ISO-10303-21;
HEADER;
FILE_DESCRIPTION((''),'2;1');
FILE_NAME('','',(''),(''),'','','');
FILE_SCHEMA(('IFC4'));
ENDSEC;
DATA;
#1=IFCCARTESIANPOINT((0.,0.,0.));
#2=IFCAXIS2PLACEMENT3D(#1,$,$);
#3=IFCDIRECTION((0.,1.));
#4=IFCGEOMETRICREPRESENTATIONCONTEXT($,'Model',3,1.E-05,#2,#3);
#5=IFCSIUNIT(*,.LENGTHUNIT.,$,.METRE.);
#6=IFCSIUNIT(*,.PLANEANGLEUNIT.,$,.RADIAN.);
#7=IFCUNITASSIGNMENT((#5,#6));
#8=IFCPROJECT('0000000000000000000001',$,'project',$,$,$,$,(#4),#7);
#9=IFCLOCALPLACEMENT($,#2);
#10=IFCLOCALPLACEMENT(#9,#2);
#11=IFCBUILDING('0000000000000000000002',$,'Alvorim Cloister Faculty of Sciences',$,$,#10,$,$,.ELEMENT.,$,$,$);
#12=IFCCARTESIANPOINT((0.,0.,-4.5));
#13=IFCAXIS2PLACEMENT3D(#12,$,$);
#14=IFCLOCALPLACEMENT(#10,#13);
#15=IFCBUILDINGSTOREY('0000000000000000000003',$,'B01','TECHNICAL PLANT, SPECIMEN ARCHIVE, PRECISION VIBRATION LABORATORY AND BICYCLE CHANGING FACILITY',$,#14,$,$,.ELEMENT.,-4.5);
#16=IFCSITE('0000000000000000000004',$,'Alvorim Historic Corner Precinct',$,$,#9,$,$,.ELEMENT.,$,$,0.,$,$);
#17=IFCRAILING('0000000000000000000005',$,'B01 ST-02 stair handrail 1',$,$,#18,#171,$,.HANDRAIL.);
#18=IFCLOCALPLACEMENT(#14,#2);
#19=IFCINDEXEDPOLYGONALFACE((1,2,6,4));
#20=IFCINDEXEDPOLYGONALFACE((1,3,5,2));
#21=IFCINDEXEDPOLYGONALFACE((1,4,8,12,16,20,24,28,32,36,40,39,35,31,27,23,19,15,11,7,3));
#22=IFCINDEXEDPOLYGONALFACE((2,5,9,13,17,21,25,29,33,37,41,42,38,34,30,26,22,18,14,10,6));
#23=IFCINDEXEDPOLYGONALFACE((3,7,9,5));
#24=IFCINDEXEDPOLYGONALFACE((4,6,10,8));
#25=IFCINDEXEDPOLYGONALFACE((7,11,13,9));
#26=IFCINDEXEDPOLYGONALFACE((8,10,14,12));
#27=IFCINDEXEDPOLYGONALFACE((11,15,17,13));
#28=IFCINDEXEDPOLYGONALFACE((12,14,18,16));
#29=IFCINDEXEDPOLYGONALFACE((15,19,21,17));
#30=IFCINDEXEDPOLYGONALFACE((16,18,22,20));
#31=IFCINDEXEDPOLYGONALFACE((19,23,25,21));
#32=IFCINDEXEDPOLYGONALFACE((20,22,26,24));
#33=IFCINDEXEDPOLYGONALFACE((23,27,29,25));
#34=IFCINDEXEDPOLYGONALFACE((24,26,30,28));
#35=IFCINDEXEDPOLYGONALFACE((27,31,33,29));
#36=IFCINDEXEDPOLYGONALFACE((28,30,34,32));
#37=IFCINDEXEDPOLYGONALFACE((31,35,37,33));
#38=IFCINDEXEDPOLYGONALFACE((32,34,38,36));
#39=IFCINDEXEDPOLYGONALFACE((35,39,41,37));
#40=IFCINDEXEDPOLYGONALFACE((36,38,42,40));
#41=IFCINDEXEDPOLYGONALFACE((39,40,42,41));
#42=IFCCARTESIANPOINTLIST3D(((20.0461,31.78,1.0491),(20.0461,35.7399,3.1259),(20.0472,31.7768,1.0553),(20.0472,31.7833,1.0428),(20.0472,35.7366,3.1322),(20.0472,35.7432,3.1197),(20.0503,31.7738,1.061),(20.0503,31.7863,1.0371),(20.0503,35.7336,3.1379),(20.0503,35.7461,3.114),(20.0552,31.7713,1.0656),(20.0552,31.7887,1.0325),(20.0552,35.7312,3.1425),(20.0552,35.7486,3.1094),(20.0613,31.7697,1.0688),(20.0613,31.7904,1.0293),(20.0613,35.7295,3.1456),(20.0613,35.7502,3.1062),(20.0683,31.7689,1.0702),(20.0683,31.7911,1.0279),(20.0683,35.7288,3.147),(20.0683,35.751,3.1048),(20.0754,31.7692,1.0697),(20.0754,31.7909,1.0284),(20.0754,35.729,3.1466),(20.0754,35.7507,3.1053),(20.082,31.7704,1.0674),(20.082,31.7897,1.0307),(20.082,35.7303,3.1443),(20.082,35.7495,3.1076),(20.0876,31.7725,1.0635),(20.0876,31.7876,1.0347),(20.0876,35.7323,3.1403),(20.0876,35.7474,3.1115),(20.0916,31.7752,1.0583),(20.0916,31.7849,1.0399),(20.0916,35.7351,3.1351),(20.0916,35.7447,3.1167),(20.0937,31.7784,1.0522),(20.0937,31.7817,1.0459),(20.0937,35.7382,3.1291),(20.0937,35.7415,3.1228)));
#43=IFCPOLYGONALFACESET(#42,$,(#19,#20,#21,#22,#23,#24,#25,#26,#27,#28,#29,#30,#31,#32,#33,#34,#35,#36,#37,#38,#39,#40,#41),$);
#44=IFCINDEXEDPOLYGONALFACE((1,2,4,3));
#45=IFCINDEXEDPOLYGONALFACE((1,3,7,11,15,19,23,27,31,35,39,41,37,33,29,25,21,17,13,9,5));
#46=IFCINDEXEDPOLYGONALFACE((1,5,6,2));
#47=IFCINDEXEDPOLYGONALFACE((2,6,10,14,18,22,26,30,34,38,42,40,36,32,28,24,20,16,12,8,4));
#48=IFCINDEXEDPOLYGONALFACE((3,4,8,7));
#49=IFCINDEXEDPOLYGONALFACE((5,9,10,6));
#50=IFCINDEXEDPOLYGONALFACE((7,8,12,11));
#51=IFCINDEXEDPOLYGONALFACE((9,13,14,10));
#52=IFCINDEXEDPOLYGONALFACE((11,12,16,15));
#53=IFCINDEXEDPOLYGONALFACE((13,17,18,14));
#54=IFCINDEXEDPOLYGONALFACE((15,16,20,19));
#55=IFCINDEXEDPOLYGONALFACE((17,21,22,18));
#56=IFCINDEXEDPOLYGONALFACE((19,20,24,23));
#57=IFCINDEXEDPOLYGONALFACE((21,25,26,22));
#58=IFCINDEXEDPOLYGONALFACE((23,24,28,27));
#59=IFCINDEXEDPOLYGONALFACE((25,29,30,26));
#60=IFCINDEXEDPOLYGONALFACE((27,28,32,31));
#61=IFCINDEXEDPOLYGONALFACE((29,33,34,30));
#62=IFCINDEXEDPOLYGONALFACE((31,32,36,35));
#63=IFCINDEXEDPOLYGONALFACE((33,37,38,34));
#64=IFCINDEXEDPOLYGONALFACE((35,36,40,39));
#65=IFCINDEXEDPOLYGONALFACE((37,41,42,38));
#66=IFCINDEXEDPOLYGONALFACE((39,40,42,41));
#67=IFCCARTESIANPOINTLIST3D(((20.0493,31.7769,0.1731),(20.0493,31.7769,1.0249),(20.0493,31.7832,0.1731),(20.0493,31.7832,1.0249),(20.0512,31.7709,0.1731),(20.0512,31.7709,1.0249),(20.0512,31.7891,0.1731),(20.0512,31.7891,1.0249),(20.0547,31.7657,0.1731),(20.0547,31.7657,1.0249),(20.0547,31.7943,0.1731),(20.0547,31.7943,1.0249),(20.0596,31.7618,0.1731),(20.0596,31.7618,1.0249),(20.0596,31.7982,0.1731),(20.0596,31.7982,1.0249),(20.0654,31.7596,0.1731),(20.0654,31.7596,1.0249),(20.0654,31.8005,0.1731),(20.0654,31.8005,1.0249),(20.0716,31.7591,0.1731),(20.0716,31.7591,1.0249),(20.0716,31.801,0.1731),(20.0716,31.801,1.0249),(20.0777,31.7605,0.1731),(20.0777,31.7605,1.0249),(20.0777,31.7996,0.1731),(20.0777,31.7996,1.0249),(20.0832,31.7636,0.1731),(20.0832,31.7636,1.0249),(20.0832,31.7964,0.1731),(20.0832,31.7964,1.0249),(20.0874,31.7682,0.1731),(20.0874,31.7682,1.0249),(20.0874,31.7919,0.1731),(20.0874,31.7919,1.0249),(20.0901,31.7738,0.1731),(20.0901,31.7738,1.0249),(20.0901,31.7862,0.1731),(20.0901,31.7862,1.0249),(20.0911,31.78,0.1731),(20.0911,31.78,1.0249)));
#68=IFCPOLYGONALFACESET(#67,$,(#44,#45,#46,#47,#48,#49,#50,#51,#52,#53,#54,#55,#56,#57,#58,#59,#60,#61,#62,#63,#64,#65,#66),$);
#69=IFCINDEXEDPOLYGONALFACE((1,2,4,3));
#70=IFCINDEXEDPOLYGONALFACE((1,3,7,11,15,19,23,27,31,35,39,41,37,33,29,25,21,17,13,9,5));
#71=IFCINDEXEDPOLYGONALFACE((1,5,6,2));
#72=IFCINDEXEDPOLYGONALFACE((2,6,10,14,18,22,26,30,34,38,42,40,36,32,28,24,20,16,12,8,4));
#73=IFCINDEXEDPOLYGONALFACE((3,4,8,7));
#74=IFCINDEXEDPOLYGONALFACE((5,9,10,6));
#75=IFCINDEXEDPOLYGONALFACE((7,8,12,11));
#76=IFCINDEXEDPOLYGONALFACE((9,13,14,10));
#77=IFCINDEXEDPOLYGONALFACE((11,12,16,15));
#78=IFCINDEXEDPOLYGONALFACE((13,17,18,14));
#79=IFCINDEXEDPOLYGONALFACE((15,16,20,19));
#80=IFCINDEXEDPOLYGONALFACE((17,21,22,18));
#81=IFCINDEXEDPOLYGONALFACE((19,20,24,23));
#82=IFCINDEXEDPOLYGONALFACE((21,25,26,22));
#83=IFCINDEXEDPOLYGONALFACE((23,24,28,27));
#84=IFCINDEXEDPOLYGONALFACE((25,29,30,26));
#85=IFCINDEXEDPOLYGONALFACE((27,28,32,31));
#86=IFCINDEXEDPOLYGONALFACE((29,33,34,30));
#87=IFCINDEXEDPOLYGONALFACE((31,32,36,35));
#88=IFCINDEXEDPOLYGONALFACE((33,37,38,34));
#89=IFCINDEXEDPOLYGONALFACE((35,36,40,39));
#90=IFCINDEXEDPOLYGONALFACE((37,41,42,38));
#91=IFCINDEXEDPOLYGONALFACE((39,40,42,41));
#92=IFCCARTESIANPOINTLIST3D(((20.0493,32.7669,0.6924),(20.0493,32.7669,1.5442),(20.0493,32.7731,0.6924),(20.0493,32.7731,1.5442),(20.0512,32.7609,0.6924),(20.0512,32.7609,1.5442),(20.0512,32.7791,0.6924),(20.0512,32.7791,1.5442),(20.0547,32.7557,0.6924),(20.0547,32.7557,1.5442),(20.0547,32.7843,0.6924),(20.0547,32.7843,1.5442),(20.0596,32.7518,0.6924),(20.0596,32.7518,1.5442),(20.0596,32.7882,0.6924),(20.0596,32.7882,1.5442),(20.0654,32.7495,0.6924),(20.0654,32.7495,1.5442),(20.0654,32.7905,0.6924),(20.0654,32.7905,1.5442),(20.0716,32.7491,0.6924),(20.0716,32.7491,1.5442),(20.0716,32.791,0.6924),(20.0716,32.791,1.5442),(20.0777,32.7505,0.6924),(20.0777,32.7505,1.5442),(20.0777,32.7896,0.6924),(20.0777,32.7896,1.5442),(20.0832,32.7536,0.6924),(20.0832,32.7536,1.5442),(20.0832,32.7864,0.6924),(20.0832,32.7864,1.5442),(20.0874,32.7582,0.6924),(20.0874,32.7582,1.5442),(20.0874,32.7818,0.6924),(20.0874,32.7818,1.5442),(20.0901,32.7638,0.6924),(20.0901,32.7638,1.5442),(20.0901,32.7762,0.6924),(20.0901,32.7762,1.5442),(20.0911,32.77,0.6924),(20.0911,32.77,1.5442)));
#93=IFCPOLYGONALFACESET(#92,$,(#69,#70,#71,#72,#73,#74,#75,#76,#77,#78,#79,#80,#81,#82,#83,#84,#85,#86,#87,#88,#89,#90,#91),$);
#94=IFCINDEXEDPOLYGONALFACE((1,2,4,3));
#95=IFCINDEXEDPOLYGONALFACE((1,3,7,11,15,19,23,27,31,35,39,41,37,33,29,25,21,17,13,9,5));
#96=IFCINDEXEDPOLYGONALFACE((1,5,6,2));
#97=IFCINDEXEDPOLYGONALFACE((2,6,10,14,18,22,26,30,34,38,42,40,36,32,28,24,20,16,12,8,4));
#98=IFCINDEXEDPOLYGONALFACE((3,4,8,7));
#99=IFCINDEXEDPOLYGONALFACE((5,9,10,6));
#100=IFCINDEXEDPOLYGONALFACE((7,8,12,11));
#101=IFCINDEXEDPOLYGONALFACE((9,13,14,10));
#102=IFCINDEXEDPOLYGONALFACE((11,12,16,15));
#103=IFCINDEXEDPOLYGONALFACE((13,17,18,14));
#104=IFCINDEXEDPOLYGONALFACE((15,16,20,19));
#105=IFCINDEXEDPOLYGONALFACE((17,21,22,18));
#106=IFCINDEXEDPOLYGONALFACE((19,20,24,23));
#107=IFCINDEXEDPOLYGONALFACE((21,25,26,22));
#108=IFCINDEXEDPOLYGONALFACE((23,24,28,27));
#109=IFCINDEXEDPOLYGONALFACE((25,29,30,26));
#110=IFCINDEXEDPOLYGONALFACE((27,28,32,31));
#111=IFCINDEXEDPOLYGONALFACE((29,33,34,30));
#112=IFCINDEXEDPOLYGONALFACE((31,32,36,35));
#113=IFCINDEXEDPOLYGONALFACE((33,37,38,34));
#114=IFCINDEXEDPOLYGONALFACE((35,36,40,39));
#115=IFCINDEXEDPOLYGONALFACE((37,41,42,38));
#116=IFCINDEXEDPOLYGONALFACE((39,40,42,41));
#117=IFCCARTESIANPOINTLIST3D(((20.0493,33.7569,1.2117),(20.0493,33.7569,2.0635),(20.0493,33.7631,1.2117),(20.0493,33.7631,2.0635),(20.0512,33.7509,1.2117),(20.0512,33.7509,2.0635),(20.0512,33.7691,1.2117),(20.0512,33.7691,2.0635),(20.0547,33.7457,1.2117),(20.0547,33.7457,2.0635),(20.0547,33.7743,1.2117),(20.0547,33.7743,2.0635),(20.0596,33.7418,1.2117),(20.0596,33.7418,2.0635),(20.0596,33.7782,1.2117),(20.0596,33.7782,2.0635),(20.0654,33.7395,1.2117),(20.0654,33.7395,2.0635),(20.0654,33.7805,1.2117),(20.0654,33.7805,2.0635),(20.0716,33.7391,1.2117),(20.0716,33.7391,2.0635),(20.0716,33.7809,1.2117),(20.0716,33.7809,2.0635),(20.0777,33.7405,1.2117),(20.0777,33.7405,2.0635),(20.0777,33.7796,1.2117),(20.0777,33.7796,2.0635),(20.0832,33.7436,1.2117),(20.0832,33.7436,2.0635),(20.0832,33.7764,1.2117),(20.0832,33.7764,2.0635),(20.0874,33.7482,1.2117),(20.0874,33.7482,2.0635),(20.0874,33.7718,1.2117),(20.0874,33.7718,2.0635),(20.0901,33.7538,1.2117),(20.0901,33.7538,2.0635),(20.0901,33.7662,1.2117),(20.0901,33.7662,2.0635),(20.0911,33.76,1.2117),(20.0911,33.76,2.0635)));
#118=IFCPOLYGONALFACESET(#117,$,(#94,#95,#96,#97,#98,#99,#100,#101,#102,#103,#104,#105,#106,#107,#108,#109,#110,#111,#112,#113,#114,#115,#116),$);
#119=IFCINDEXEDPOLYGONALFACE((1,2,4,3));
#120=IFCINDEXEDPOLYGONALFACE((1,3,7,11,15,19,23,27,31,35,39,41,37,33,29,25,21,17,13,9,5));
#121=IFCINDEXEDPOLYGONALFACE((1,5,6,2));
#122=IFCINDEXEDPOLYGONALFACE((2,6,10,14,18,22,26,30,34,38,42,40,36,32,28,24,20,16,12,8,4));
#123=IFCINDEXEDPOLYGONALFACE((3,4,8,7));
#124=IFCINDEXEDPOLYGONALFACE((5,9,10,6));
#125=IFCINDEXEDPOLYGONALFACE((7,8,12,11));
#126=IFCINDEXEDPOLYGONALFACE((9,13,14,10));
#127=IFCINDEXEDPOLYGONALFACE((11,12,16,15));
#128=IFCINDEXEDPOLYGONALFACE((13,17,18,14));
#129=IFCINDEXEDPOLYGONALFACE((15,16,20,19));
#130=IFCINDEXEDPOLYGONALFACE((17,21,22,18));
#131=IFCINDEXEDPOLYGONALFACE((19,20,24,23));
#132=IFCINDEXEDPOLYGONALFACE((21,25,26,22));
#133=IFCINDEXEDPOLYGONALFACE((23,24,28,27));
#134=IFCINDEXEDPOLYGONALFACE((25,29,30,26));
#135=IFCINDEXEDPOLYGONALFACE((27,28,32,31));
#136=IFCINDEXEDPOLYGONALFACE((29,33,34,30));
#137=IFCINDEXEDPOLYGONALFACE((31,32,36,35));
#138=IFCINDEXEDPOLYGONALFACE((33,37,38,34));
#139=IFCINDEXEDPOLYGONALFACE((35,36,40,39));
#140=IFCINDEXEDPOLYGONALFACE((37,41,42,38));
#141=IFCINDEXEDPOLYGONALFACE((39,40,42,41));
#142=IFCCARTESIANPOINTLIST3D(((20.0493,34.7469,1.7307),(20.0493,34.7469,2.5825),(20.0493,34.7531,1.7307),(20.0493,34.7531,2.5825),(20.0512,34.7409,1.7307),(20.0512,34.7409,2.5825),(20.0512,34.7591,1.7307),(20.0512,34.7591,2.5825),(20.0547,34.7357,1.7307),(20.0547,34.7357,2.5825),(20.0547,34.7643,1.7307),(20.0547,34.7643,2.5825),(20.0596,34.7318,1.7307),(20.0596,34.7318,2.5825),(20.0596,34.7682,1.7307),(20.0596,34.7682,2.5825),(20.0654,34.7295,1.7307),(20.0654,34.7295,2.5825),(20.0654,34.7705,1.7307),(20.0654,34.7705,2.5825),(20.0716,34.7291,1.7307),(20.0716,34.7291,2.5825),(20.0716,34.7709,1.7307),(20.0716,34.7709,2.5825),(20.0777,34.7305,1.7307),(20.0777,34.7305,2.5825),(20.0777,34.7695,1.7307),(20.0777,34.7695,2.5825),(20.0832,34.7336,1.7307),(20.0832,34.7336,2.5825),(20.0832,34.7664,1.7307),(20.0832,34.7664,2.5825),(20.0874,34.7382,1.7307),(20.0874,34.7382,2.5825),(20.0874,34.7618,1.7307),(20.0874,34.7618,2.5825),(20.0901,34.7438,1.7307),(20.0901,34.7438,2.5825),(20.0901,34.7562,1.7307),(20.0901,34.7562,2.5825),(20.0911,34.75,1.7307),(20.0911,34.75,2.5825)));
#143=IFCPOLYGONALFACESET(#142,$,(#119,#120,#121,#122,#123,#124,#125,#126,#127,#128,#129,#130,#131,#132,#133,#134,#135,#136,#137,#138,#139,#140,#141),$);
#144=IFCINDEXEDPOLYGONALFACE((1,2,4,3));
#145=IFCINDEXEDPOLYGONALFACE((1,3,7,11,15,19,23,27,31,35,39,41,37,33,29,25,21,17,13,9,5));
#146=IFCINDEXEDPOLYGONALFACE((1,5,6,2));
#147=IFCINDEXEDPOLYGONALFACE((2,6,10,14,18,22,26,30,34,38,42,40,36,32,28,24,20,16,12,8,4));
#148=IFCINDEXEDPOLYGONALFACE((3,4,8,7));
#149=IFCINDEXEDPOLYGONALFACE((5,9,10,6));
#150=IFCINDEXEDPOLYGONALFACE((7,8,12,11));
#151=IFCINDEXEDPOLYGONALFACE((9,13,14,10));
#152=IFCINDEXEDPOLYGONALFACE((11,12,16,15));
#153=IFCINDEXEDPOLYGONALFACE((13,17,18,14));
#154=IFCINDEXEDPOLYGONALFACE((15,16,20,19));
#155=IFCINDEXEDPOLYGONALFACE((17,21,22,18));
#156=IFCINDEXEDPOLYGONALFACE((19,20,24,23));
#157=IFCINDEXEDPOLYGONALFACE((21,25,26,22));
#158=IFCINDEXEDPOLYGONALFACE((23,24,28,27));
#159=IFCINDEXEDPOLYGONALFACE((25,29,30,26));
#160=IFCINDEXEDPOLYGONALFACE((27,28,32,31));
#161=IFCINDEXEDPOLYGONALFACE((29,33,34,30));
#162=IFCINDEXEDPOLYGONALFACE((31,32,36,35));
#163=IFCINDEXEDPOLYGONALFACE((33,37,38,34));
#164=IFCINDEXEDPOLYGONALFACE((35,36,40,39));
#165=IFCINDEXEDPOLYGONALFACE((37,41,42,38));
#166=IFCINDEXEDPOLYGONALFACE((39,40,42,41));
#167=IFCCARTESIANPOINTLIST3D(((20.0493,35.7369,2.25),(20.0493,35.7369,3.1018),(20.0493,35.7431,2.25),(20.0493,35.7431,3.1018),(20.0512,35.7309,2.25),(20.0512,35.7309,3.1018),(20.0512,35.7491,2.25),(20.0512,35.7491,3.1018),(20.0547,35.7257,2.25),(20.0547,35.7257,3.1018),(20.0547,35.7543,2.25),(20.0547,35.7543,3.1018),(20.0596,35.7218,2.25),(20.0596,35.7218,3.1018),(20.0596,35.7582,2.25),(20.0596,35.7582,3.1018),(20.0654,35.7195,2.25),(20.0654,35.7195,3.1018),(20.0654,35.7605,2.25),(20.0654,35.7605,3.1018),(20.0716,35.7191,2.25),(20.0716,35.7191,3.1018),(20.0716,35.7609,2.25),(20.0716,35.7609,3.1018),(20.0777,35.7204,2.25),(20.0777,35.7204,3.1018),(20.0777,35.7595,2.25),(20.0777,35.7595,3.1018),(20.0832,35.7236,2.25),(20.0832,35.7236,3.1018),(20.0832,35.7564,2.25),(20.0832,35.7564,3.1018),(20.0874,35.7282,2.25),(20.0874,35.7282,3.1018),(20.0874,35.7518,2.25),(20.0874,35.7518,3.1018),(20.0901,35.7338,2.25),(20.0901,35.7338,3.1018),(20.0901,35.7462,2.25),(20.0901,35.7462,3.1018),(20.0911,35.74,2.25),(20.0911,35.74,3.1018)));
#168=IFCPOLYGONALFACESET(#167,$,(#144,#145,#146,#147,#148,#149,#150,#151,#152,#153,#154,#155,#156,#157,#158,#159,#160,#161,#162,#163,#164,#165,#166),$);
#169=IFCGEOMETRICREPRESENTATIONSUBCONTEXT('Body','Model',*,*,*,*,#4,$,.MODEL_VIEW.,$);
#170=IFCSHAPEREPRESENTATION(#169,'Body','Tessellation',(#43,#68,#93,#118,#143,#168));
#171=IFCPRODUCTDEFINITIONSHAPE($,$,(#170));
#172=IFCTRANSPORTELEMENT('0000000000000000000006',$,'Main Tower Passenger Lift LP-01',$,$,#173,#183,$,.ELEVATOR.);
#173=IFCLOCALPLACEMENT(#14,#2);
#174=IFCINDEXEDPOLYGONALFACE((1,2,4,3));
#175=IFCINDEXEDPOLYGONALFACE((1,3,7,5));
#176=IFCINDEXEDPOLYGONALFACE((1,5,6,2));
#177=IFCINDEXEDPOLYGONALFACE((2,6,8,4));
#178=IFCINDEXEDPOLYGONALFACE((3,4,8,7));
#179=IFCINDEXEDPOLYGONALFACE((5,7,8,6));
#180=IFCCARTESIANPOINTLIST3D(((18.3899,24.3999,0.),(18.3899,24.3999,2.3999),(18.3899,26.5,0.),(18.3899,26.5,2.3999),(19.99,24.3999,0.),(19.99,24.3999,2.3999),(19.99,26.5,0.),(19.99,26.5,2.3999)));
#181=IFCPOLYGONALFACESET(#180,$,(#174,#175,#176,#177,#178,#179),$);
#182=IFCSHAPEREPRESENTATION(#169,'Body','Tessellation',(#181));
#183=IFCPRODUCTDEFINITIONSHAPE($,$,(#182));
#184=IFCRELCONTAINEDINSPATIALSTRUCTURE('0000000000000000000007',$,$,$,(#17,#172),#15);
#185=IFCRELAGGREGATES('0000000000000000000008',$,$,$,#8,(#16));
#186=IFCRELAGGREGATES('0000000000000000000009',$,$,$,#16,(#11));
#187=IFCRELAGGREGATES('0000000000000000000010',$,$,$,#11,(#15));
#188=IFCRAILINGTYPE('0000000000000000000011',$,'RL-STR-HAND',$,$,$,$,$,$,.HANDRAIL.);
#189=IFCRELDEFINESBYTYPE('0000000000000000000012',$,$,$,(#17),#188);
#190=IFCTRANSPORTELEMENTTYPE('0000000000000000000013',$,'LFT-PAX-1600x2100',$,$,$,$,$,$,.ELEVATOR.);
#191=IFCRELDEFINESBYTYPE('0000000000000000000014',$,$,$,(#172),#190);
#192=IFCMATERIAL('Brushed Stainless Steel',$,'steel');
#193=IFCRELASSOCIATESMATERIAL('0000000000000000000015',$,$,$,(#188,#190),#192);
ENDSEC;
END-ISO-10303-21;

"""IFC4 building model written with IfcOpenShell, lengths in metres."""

from ifc_helpers import new_model, si_unit, direction, frame, origin, origin_2d, place, context, subcontext, project, spatial, rectangle, circle, extrude, material, type_object, element, save


model = new_model("IFC4")

# Units and contexts
model_context = context("Model", 3, precision=1e-05, world=origin(), true_north=direction((0.0, 1.0)))
body_context = subcontext(model_context, "Body", "Model", "MODEL_VIEW")
ifc_project = project(units=[si_unit("LENGTHUNIT", "METRE"), si_unit("PLANEANGLEUNIT", "RADIAN")], contexts=[model_context])

# Site, building, storey
site_placement = place(None, origin())
site = spatial("IfcSite", under=ifc_project, at=site_placement, Name="Alvorim Historic Corner Precinct", CompositionType="ELEMENT", RefElevation=0.0)
building_placement = place(site_placement, origin())
building = spatial("IfcBuilding", under=site, at=building_placement, Name="Alvorim Cloister Faculty of Sciences", CompositionType="ELEMENT")
storey_placement = place(building_placement, frame((0.0, 0.0, -4.5)))
storey = spatial("IfcBuildingStorey", under=building, at=storey_placement, Name="B01", Description="TECHNICAL PLANT, SPECIMEN ARCHIVE, PRECISION VIBRATION LABORATORY AND BICYCLE CHANGING FACILITY", CompositionType="ELEMENT", Elevation=-4.5)

# Railing
ifc_material_1 = material(Name="Brushed Stainless Steel", Category="steel")
railing_type_1 = type_object("IfcRailingType", Name="RL-STR-HAND", PredefinedType="HANDRAIL", material=ifc_material_1)
railing_1_placement = place(storey_placement, frame((20.0701, 31.78, 0.1731)))
element("IfcRailing", 1, at=railing_1_placement, inside=storey, type_object=railing_type_1, Name="B01 ST-02 stair handrail 1", PredefinedType="HANDRAIL", context=body_context, shape_type="SweptSolid", body=[
    extrude(circle(Radius=0.0239, at=origin_2d()), frame((0.0, 0.0, 0.876), z_axis=(0.0, 0.885589, 0.46447), x_axis=(-1.0, 0.0, 0.0)), (0.0, 0.0, 1.0), 4.4714),
    extrude(circle(Radius=0.021, at=origin_2d()), origin(), (0.0, 0.0, 1.0), 0.8518),
    extrude(circle(Radius=0.021, at=origin_2d()), frame((0.0, 0.99, 0.5193)), (0.0, 0.0, 1.0), 0.8518),
    extrude(circle(Radius=0.021, at=origin_2d()), frame((0.0, 1.98, 1.0386)), (0.0, 0.0, 1.0), 0.8518),
    extrude(circle(Radius=0.021, at=origin_2d()), frame((0.0, 2.97, 1.5576)), (0.0, 0.0, 1.0), 0.8518),
    extrude(circle(Radius=0.021, at=origin_2d()), frame((0.0, 3.96, 2.0769)), (0.0, 0.0, 1.0), 0.8518),
])

# Transport element
transport_element_type = type_object("IfcTransportElementType", Name="LFT-PAX-1600x2100", PredefinedType="ELEVATOR", material=ifc_material_1)
transport_element_placement = place(storey_placement, frame((19.1899, 25.45, 0.0), z_axis=(0.0, 0.0, 1.0), x_axis=(1.0, 0.0, 0.0)))
element("IfcTransportElement", 2, at=transport_element_placement, inside=storey, type_object=transport_element_type, Name="Main Tower Passenger Lift LP-01", PredefinedType="ELEVATOR", context=body_context, shape_type="SweptSolid", body=[
    extrude(rectangle(XDim=1.6001, YDim=2.1001, at=origin_2d()), origin(), (0.0, 0.0, 1.0), 2.3999),
])

save(model, "model.ifc")
